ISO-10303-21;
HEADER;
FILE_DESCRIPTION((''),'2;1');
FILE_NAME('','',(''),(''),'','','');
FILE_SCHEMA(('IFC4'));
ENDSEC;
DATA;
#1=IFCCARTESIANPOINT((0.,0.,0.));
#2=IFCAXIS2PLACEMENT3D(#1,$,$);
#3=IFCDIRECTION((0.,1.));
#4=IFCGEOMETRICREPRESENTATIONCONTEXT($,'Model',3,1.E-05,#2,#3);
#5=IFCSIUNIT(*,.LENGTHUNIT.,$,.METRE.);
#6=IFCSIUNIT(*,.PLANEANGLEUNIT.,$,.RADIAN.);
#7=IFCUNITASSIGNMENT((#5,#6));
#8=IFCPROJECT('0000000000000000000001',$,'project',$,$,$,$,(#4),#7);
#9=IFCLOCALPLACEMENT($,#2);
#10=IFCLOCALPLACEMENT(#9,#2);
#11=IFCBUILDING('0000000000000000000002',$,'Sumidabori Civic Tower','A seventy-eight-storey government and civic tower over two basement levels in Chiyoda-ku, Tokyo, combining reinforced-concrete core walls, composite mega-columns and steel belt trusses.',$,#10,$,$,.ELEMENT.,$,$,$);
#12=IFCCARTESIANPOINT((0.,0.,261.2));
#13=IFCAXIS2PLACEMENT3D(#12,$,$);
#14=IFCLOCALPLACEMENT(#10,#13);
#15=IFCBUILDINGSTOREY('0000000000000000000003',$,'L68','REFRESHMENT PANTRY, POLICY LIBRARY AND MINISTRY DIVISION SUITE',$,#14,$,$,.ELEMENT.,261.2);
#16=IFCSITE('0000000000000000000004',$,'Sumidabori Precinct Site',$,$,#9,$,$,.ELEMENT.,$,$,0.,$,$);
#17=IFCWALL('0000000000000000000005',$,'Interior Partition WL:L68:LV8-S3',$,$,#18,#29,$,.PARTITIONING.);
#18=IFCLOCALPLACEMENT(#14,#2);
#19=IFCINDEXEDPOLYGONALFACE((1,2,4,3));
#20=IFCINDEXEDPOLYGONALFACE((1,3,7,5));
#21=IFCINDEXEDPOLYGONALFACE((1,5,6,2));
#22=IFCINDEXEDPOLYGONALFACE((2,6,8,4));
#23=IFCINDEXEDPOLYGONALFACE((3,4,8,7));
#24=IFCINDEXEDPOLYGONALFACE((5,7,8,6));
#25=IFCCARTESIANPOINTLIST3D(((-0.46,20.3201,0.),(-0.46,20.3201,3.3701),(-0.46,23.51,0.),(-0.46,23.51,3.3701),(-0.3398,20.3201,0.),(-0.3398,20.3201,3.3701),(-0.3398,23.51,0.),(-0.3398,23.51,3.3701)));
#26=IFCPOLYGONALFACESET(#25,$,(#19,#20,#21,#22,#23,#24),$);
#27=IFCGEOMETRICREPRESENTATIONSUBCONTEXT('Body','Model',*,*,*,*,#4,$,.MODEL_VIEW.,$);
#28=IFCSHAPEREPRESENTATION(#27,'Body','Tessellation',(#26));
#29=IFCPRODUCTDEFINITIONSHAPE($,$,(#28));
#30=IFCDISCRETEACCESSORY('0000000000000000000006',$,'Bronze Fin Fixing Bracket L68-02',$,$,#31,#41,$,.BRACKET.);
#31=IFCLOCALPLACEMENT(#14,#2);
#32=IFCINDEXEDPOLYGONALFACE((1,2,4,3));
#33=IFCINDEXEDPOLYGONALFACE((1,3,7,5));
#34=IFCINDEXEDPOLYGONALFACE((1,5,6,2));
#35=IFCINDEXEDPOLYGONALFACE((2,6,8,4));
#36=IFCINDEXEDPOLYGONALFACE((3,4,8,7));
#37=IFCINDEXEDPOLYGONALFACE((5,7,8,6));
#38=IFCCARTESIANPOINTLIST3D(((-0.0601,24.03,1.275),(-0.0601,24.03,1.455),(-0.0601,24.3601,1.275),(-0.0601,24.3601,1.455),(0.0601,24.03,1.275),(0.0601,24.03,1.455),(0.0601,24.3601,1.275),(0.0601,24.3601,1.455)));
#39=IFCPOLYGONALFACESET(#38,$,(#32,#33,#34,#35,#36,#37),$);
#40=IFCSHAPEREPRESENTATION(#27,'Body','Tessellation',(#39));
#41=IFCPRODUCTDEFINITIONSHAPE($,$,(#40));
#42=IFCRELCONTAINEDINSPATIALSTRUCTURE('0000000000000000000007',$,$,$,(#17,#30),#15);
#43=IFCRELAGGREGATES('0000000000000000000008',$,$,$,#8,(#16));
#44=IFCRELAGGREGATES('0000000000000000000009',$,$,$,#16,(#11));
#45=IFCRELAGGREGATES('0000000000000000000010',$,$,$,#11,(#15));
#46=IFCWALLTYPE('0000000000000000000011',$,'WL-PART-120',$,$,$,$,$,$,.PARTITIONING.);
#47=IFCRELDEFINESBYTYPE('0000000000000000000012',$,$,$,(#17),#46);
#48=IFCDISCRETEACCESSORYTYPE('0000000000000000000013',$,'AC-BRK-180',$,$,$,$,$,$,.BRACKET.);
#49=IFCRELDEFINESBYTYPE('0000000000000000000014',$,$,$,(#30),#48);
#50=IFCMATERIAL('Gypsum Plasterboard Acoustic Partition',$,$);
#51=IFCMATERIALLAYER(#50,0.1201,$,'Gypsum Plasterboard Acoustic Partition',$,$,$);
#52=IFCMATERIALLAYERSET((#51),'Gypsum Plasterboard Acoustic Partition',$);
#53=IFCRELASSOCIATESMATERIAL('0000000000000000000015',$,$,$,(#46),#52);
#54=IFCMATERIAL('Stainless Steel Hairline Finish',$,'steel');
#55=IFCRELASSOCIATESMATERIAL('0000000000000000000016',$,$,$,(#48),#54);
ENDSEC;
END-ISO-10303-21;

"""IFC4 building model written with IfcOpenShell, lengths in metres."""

from ifc_helpers import new_model, si_unit, direction, frame, frame_2d, origin, origin_2d, place, context, subcontext, project, spatial, rectangle, extrude, source, transform, mapped, material, layer, layer_set, material_profile, profile_set, type_object, element, save


model = new_model("IFC4")

# Units and contexts
model_context = context("Model", 3, precision=1e-05, world=origin(), true_north=direction((0.0, 1.0)))
body_context = subcontext(model_context, "Body", "Model", "MODEL_VIEW")
ifc_project = project(units=[si_unit("LENGTHUNIT", "METRE"), si_unit("PLANEANGLEUNIT", "RADIAN")], contexts=[model_context])

# Site, building, storey
site_placement = place(None, origin())
site = spatial("IfcSite", under=ifc_project, at=site_placement, Name="Sumidabori Precinct Site", CompositionType="ELEMENT", RefElevation=0.0)
building_placement = place(site_placement, origin())
building = spatial("IfcBuilding", under=site, at=building_placement, Name="Sumidabori Civic Tower", Description="A seventy-eight-storey government and civic tower over two basement levels in Chiyoda-ku, Tokyo, combining reinforced-concrete core walls, composite mega-columns and steel belt trusses.", CompositionType="ELEMENT")
storey_placement = place(building_placement, frame((0.0, 0.0, 261.2)))
storey = spatial("IfcBuildingStorey", under=building, at=storey_placement, Name="L68", Description="REFRESHMENT PANTRY, POLICY LIBRARY AND MINISTRY DIVISION SUITE", CompositionType="ELEMENT", Elevation=261.2)

# Shared definitions
ifc_material_1 = material(Name="Gypsum Plasterboard Acoustic Partition")

# Wall
ifc_layer_1 = layer(ifc_material_1, 0.1201, Name="Gypsum Plasterboard Acoustic Partition")
ifc_layer_set_1 = layer_set([ifc_layer_1], Name="Gypsum Plasterboard Acoustic Partition")
wall_type_1 = type_object("IfcWallType", Name="WL-PART-120", PredefinedType="PARTITIONING", material=ifc_layer_set_1)
shared_shape_1 = source(origin(), body_context, "Body", "SweptSolid", [
    extrude(rectangle(XDim=3.1899, YDim=0.1201, at=frame_2d((1.595, 0.0))), origin(), (0.0, 0.0, 1.0), 3.3701),
])
for number, where, z_axis, x_axis, name in (
    (1, (-0.3999, 20.3201, 0.0), (0.0, 0.0, 1.0), (0.0, 1.0, 0.0), "Interior Partition WL:L68:LV8-S3"),
):
    element("IfcWall", number, at=place(storey_placement, frame(where, z_axis=z_axis, x_axis=x_axis)), inside=storey, type_object=wall_type_1, Name=name, PredefinedType="PARTITIONING", context=body_context, shape_type="MappedRepresentation", body=[
        mapped(shared_shape_1, transform((0.0, 0.0, 0.0), x_axis=(1.0, 0.0, 0.0), y_axis=(0.0, 1.0, 0.0), z_axis=(0.0, 0.0, 1.0), scale=1.0)),
    ])

# Discrete accessory
ifc_material_2 = material(Name="Stainless Steel Hairline Finish", Category="steel")
ifc_material_profile_1 = material_profile(ifc_material_2, rectangle(XDim=0.1201, YDim=0.1799, at=origin_2d()), Name="STEEL BRACKET 180x120")
ifc_profile_set_1 = profile_set([ifc_material_profile_1], Name="Stainless Steel Hairline Finish")
discrete_accessory_type = type_object("IfcDiscreteAccessoryType", Name="AC-BRK-180", PredefinedType="BRACKET", material=ifc_profile_set_1)
shared_shape_2 = source(origin(), body_context, "Body", "SweptSolid", [
    extrude(rectangle(XDim=0.1201, YDim=0.1799, at=origin_2d()), origin(), (0.0, 0.0, 1.0), 0.3301),
])
discrete_accessory_placement = place(storey_placement, frame((0.0, 24.03, 1.365), z_axis=(0.0, 1.0, 0.0), x_axis=(-1.0, 0.0, 0.0)))
element("IfcDiscreteAccessory", 2, at=discrete_accessory_placement, inside=storey, type_object=discrete_accessory_type, Name="Bronze Fin Fixing Bracket L68-02", PredefinedType="BRACKET", context=body_context, shape_type="MappedRepresentation", body=[
    mapped(shared_shape_2, transform((0.0, 0.0, 0.0), x_axis=(1.0, 0.0, 0.0), y_axis=(0.0, 1.0, 0.0), z_axis=(0.0, 0.0, 1.0), scale=1.0)),
])

save(model, "model.ifc")
